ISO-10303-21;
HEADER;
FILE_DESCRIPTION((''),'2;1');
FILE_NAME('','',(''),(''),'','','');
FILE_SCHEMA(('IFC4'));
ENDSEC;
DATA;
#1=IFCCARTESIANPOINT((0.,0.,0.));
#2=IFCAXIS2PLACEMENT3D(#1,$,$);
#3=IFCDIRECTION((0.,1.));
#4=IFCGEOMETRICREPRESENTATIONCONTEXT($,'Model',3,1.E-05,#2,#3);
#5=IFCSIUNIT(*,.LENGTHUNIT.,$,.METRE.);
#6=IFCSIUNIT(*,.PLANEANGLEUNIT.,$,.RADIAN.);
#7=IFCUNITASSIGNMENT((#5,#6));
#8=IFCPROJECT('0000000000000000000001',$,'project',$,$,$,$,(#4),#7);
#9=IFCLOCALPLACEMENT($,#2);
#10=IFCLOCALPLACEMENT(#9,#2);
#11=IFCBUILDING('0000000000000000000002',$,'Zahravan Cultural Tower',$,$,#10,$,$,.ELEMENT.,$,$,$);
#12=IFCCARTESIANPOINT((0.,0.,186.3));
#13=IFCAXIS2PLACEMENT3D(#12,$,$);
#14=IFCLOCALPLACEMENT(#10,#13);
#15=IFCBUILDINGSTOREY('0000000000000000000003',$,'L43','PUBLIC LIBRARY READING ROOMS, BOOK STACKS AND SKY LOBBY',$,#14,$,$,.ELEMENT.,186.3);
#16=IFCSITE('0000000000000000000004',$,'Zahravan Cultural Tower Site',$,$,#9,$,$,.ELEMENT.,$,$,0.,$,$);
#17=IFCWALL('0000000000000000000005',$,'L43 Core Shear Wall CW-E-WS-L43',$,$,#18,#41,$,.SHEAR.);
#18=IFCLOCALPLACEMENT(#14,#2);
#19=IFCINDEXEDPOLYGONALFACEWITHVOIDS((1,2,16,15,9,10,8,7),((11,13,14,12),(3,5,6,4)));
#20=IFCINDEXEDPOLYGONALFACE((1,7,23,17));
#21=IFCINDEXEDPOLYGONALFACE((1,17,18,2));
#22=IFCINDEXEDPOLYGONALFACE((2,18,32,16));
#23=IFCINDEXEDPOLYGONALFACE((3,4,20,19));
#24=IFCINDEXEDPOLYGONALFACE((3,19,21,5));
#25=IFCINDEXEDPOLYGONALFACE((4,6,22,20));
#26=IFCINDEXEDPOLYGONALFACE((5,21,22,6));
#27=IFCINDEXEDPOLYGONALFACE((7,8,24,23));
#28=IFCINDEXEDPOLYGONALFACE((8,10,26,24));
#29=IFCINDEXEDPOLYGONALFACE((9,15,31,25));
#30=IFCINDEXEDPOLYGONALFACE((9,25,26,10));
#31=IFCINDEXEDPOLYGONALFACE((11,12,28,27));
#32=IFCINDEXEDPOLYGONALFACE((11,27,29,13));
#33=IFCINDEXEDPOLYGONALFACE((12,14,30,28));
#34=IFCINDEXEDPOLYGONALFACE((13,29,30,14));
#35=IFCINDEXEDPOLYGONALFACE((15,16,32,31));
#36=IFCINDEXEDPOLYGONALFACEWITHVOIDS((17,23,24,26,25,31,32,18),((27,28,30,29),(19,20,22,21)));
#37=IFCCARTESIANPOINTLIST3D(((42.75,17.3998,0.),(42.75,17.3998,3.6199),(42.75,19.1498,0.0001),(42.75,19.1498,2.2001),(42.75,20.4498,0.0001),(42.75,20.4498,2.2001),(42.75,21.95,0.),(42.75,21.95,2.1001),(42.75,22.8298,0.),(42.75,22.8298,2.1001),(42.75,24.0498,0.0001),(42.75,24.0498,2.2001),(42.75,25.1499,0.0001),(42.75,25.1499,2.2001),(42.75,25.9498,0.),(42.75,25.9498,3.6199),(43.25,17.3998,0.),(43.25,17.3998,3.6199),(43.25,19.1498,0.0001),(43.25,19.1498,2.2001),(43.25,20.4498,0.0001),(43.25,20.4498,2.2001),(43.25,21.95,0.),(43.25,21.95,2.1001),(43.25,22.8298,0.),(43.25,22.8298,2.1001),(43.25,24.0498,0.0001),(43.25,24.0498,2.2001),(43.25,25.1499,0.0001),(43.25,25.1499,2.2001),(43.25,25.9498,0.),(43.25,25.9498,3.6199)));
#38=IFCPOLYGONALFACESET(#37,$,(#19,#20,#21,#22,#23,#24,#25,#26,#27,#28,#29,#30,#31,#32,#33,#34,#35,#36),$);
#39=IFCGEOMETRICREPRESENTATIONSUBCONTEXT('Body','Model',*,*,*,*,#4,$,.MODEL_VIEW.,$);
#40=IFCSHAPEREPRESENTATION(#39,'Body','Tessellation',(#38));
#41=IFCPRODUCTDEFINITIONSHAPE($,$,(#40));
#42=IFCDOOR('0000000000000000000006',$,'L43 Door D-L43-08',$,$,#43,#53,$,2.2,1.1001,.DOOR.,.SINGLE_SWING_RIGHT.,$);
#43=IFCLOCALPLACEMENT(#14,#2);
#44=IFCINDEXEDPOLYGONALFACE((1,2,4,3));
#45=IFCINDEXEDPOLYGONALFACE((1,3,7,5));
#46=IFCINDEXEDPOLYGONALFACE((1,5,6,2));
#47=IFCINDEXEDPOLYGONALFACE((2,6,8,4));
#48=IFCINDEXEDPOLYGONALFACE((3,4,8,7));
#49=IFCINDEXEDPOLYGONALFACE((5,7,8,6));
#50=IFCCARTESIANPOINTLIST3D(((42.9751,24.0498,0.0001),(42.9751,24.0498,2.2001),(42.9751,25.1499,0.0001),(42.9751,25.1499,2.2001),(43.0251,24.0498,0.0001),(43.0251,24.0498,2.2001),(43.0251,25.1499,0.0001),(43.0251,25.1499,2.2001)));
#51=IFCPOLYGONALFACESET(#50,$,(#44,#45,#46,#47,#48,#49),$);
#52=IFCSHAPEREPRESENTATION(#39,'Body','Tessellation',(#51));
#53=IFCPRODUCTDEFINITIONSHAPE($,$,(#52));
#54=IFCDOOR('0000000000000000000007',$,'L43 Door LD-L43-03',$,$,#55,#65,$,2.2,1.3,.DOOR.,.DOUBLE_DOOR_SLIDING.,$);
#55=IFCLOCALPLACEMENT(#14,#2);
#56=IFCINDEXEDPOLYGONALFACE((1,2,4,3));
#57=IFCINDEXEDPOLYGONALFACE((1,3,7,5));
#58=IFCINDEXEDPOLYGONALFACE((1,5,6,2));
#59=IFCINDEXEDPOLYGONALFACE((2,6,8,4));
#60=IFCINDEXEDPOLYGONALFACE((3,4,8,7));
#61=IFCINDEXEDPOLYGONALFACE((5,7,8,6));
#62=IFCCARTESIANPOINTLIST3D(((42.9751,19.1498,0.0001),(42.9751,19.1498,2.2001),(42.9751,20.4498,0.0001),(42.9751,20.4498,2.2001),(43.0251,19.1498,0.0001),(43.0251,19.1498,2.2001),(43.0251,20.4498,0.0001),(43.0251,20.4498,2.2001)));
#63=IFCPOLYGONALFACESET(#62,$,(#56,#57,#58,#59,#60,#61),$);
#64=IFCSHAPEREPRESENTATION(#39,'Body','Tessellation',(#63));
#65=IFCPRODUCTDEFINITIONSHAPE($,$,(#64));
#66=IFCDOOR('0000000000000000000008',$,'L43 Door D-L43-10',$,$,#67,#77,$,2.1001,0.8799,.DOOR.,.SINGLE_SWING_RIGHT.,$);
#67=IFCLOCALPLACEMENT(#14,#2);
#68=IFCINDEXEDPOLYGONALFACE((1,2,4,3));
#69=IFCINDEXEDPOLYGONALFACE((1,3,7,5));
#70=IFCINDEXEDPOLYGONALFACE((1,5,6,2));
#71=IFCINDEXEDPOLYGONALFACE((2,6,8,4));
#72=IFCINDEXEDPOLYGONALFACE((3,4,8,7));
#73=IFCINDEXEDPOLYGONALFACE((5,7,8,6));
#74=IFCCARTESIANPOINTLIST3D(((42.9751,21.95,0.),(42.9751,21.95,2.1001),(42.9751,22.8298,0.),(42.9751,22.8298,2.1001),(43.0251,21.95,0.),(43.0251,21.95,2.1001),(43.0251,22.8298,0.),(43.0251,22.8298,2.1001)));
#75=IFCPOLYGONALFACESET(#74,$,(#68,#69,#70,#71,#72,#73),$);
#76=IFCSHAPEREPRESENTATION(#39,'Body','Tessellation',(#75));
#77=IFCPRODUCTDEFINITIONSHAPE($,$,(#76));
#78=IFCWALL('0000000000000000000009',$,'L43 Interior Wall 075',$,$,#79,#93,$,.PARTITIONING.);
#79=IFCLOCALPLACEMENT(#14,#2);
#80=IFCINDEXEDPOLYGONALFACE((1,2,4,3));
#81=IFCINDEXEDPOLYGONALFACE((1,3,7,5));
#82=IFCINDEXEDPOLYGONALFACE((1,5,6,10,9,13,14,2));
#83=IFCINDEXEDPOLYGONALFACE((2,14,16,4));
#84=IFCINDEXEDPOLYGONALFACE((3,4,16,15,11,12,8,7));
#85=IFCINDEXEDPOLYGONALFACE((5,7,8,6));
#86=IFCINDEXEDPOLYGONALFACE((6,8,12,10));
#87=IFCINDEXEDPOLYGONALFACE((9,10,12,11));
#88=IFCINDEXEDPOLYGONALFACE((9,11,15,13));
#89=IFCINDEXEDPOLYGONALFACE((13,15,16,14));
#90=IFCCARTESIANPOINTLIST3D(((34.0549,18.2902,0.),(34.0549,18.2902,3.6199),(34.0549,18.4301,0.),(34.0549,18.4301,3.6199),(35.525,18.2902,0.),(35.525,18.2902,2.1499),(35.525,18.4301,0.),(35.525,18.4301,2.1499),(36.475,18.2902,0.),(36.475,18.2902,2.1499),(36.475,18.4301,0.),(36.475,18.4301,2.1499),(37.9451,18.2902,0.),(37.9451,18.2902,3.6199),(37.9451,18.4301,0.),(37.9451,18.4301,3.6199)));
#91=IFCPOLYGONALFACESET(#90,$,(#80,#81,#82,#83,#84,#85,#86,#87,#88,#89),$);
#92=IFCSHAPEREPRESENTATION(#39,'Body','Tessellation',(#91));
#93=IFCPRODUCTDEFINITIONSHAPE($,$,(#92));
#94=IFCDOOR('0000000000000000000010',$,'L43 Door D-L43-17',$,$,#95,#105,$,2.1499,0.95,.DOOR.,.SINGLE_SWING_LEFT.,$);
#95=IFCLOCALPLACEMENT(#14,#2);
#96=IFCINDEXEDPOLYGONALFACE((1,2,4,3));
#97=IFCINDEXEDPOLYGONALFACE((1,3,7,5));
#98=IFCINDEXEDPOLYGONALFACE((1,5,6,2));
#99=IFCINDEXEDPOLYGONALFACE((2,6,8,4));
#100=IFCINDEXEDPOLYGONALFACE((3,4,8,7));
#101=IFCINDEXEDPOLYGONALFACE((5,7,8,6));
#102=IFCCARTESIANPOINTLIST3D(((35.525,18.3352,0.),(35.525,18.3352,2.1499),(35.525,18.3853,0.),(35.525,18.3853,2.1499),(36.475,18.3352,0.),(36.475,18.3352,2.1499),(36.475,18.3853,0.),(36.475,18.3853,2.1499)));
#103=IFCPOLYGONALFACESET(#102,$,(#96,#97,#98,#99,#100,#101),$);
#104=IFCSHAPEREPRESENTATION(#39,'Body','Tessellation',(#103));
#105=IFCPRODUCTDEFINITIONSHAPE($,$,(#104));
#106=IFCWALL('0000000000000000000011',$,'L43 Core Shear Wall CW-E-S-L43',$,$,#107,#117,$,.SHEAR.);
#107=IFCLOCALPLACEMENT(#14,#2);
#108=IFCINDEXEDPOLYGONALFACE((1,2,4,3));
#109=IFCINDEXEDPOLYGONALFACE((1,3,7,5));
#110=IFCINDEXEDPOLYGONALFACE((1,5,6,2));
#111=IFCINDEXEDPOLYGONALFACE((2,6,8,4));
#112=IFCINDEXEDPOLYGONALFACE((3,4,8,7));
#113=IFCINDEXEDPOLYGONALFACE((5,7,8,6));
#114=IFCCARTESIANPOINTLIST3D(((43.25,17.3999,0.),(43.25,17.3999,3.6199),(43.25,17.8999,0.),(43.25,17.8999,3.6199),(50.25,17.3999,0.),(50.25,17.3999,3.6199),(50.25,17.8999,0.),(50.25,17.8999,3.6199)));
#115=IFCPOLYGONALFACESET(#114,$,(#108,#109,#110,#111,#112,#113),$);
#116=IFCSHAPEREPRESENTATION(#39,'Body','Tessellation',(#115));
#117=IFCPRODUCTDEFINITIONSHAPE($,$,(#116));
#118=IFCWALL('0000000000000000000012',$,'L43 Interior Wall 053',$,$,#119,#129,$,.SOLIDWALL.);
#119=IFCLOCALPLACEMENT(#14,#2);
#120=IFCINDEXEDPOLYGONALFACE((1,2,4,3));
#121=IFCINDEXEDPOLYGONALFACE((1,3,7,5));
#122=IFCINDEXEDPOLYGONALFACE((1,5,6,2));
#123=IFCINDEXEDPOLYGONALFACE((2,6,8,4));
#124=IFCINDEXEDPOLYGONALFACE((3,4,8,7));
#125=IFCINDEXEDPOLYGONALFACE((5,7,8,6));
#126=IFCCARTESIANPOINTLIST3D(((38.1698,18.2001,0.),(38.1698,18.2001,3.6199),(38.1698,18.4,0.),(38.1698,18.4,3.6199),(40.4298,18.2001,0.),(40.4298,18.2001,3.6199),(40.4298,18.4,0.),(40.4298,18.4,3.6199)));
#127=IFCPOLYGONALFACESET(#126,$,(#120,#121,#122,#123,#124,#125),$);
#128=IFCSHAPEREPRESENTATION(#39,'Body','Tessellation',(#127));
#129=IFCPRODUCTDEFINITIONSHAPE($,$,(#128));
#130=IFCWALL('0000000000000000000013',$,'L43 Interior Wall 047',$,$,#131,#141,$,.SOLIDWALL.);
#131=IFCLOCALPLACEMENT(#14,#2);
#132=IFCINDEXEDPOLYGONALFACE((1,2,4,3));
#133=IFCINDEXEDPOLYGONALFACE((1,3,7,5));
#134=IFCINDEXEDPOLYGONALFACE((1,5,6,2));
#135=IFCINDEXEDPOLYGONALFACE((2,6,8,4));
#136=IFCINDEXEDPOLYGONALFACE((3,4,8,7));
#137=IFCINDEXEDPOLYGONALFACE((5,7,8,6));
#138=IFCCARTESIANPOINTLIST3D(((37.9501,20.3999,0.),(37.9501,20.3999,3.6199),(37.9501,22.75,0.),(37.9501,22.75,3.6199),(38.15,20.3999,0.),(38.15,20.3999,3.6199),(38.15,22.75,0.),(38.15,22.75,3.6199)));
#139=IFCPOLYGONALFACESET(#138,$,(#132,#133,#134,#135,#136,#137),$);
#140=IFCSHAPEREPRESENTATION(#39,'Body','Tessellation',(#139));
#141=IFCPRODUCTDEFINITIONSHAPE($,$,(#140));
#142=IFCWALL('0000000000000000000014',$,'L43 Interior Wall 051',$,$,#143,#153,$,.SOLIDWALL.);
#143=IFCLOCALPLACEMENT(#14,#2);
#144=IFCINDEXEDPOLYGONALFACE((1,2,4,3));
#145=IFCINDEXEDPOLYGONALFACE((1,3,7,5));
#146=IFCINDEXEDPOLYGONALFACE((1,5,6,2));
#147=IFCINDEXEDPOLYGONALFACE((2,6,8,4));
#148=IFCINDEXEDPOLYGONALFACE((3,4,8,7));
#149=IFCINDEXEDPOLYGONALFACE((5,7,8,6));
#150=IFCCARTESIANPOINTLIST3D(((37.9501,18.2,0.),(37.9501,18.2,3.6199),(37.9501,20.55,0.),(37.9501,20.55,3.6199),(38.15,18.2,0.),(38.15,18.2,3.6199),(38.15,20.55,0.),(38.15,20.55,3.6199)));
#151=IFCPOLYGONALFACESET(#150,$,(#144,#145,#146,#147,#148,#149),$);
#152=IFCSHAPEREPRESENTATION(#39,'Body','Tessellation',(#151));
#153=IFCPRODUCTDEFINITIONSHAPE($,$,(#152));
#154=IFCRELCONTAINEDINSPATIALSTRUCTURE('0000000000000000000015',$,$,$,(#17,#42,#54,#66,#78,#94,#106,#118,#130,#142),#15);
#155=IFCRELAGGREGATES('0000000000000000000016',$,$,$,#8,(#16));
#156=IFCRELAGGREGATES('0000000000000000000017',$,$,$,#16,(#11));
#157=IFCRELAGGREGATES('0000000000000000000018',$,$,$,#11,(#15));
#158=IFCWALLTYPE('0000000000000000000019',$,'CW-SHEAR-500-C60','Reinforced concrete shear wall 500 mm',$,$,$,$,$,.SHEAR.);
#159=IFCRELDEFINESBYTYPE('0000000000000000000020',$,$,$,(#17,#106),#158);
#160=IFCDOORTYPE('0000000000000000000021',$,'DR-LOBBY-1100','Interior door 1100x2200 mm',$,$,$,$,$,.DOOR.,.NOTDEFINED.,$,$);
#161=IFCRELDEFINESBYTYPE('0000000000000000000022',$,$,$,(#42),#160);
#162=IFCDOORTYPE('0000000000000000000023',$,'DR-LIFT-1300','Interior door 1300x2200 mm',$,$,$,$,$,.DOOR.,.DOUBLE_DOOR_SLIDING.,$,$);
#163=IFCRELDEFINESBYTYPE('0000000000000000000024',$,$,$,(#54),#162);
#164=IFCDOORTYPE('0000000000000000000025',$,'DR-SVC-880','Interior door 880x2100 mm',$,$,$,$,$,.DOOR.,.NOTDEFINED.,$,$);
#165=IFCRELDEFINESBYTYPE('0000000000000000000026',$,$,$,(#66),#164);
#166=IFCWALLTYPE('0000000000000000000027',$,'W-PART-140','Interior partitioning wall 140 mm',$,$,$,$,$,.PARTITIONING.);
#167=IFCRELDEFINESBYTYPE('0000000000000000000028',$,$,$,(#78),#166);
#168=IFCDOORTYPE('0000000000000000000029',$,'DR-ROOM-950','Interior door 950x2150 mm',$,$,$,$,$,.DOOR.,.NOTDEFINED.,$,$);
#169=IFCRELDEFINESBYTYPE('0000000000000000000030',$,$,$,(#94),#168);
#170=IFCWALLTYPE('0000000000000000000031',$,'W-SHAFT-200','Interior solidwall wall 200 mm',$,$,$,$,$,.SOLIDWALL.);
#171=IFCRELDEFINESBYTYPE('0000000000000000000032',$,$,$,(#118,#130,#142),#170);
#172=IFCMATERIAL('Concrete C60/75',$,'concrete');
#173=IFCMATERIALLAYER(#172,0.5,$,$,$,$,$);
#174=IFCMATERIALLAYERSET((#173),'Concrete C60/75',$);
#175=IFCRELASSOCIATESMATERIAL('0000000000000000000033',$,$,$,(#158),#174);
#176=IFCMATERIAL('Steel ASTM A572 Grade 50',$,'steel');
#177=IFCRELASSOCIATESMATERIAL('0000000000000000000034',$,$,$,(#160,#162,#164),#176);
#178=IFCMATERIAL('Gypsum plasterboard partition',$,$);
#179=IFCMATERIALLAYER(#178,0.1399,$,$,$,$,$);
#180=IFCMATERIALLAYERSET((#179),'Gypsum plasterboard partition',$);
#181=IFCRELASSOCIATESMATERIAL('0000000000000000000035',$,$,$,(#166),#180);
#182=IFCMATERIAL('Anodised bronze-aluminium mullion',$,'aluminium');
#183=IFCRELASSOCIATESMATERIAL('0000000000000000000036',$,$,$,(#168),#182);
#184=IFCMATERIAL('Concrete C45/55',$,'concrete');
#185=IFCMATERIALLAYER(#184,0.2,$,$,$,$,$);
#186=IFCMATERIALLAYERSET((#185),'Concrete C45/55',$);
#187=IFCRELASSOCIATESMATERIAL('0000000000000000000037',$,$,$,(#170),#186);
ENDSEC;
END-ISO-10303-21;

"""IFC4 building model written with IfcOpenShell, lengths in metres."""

from ifc_helpers import new_model, si_unit, direction, frame, frame_2d, origin, place, context, subcontext, project, spatial, rectangle, extrude, source, transform, mapped, material, layer, layer_set, type_object, element, fill, save


model = new_model("IFC4")

# Units and contexts
model_context = context("Model", 3, precision=1e-05, world=origin(), true_north=direction((0.0, 1.0)))
body_context = subcontext(model_context, "Body", "Model", "MODEL_VIEW")
ifc_project = project(units=[si_unit("LENGTHUNIT", "METRE"), si_unit("PLANEANGLEUNIT", "RADIAN")], contexts=[model_context])

# Site, building, storey
site_placement = place(None, origin())
site = spatial("IfcSite", under=ifc_project, at=site_placement, Name="Zahravan Cultural Tower Site", CompositionType="ELEMENT", RefElevation=0.0)
building_placement = place(site_placement, origin())
building = spatial("IfcBuilding", under=site, at=building_placement, Name="Zahravan Cultural Tower", CompositionType="ELEMENT")
storey_placement = place(building_placement, frame((0.0, 0.0, 186.3)))
storey = spatial("IfcBuildingStorey", under=building, at=storey_placement, Name="L43", Description="PUBLIC LIBRARY READING ROOMS, BOOK STACKS AND SKY LOBBY", CompositionType="ELEMENT", Elevation=186.3)

# Wall, openings, doors
ifc_material_1 = material(Name="Concrete C60/75", Category="concrete")
ifc_layer_1 = layer(ifc_material_1, 0.5)
ifc_layer_set_1 = layer_set([ifc_layer_1], Name="Concrete C60/75")
wall_type_1 = type_object("IfcWallType", Name="CW-SHEAR-500-C60", Description="Reinforced concrete shear wall 500 mm", PredefinedType="SHEAR", material=ifc_layer_set_1)
wall_1_placement = place(storey_placement, frame((43.0, 17.3999, 0.0), z_axis=(0.0, 0.0, 1.0), x_axis=(0.0, 1.0, 0.0)))
wall_1 = element("IfcWall", 1, at=wall_1_placement, inside=storey, type_object=wall_type_1, Name="L43 Core Shear Wall CW-E-WS-L43", PredefinedType="SHEAR", context=body_context, shape_type="SweptSolid", body=[
    extrude(rectangle(XDim=8.55, YDim=0.5, at=frame_2d((4.2749, 0.0))), origin(), (0.0, 0.0, 1.0), 3.6199),
])
opening_1_placement = place(wall_1_placement, frame((6.6499, 0.0, 0.0)))
opening_1 = element("IfcOpeningElement", 2, at=opening_1_placement, cuts=wall_1, PredefinedType="OPENING", context=body_context, shape_type="SweptSolid", body=[
    extrude(rectangle(XDim=1.1001, YDim=2.2, at=frame_2d((0.55, 1.1001))), frame((0.0, 0.26, 0.0), z_axis=(0.0, -1.0, 0.0), x_axis=(1.0, 0.0, 0.0)), (0.0, 0.0, 1.0), 0.52),
])
opening_2_placement = place(wall_1_placement, frame((1.75, 0.0, 0.0)))
opening_2 = element("IfcOpeningElement", 3, at=opening_2_placement, cuts=wall_1, PredefinedType="OPENING", context=body_context, shape_type="SweptSolid", body=[
    extrude(rectangle(XDim=1.3, YDim=2.2, at=frame_2d((0.6499, 1.1001))), frame((0.0, 0.26, 0.0), z_axis=(0.0, -1.0, 0.0), x_axis=(1.0, 0.0, 0.0)), (0.0, 0.0, 1.0), 0.52),
])
opening_3_placement = place(wall_1_placement, frame((4.55, 0.0, 0.0)))
opening_3 = element("IfcOpeningElement", 4, at=opening_3_placement, cuts=wall_1, PredefinedType="OPENING", context=body_context, shape_type="SweptSolid", body=[
    extrude(rectangle(XDim=0.8799, YDim=2.1001, at=frame_2d((0.4399, 1.05))), frame((0.0, 0.26, 0.0), z_axis=(0.0, -1.0, 0.0), x_axis=(1.0, 0.0, 0.0)), (0.0, 0.0, 1.0), 0.52),
])
ifc_material_2 = material(Name="Steel ASTM A572 Grade 50", Category="steel")
door_type_1 = type_object("IfcDoorType", Name="DR-LOBBY-1100", Description="Interior door 1100x2200 mm", OperationType="NOTDEFINED", PredefinedType="DOOR", material=ifc_material_2)
shared_shape_1 = source(origin(), body_context, "Body", "SweptSolid", [
    extrude(rectangle(XDim=1.1001, YDim=2.2, at=frame_2d((0.55, 1.1001))), frame((0.0, 0.0249, 0.0), z_axis=(0.0, -1.0, 0.0), x_axis=(1.0, 0.0, 0.0)), (0.0, 0.0, 1.0), 0.05),
])
door_1_placement = place(opening_1_placement, origin())
door_1 = element("IfcDoor", 5, at=door_1_placement, inside=storey, type_object=door_type_1, Name="L43 Door D-L43-08", OperationType="SINGLE_SWING_RIGHT", OverallHeight=2.2, OverallWidth=1.1001, PredefinedType="DOOR", context=body_context, shape_type="MappedRepresentation", body=[
    mapped(shared_shape_1, transform((0.0, 0.0, 0.0), x_axis=(1.0, 0.0, 0.0), y_axis=(0.0, 1.0, 0.0), z_axis=(0.0, 0.0, 1.0), scale=1.0)),
])
fill(opening_1, door_1)
door_type_2 = type_object("IfcDoorType", Name="DR-LIFT-1300", Description="Interior door 1300x2200 mm", OperationType="DOUBLE_DOOR_SLIDING", PredefinedType="DOOR", material=ifc_material_2)
shared_shape_2 = source(origin(), body_context, "Body", "SweptSolid", [
    extrude(rectangle(XDim=1.3, YDim=2.2, at=frame_2d((0.6499, 1.1001))), frame((0.0, 0.0249, 0.0), z_axis=(0.0, -1.0, 0.0), x_axis=(1.0, 0.0, 0.0)), (0.0, 0.0, 1.0), 0.05),
])
door_2_placement = place(opening_2_placement, origin())
door_2 = element("IfcDoor", 6, at=door_2_placement, inside=storey, type_object=door_type_2, Name="L43 Door LD-L43-03", OperationType="DOUBLE_DOOR_SLIDING", OverallHeight=2.2, OverallWidth=1.3, PredefinedType="DOOR", context=body_context, shape_type="MappedRepresentation", body=[
    mapped(shared_shape_2, transform((0.0, 0.0, 0.0), x_axis=(1.0, 0.0, 0.0), y_axis=(0.0, 1.0, 0.0), z_axis=(0.0, 0.0, 1.0), scale=1.0)),
])
fill(opening_2, door_2)
door_type_3 = type_object("IfcDoorType", Name="DR-SVC-880", Description="Interior door 880x2100 mm", OperationType="NOTDEFINED", PredefinedType="DOOR", material=ifc_material_2)
shared_shape_3 = source(origin(), body_context, "Body", "SweptSolid", [
    extrude(rectangle(XDim=0.8799, YDim=2.1001, at=frame_2d((0.4399, 1.05))), frame((0.0, 0.0249, 0.0), z_axis=(0.0, -1.0, 0.0), x_axis=(1.0, 0.0, 0.0)), (0.0, 0.0, 1.0), 0.05),
])
door_3_placement = place(opening_3_placement, origin())
door_3 = element("IfcDoor", 7, at=door_3_placement, inside=storey, type_object=door_type_3, Name="L43 Door D-L43-10", OperationType="SINGLE_SWING_RIGHT", OverallHeight=2.1001, OverallWidth=0.8799, PredefinedType="DOOR", context=body_context, shape_type="MappedRepresentation", body=[
    mapped(shared_shape_3, transform((0.0, 0.0, 0.0), x_axis=(1.0, 0.0, 0.0), y_axis=(0.0, 1.0, 0.0), z_axis=(0.0, 0.0, 1.0), scale=1.0)),
])
fill(opening_3, door_3)

# Wall, opening, door
ifc_material_3 = material(Name="Gypsum plasterboard partition")
ifc_layer_2 = layer(ifc_material_3, 0.1399)
ifc_layer_set_2 = layer_set([ifc_layer_2], Name="Gypsum plasterboard partition")
wall_type_2 = type_object("IfcWallType", Name="W-PART-140", Description="Interior partitioning wall 140 mm", PredefinedType="PARTITIONING", material=ifc_layer_set_2)
wall_2_placement = place(storey_placement, frame((37.9451, 18.3601, 0.0), z_axis=(0.0, 0.0, 1.0), x_axis=(-1.0, 0.0, 0.0)))
wall_2 = element("IfcWall", 8, at=wall_2_placement, inside=storey, type_object=wall_type_2, Name="L43 Interior Wall 075", PredefinedType="PARTITIONING", context=body_context, shape_type="SweptSolid", body=[
    extrude(rectangle(XDim=3.8901, YDim=0.1399, at=frame_2d((1.9451, 0.0))), origin(), (0.0, 0.0, 1.0), 3.6199),
])
opening_4_placement = place(wall_2_placement, frame((1.47, 0.0, 0.0)))
opening_4 = element("IfcOpeningElement", 9, at=opening_4_placement, cuts=wall_2, PredefinedType="OPENING", context=body_context, shape_type="SweptSolid", body=[
    extrude(rectangle(XDim=0.95, YDim=2.1499, at=frame_2d((0.4751, 1.075))), frame((0.0, 0.0798, 0.0), z_axis=(0.0, -1.0, 0.0), x_axis=(1.0, 0.0, 0.0)), (0.0, 0.0, 1.0), 0.1599),
])
ifc_material_4 = material(Name="Anodised bronze-aluminium mullion", Category="aluminium")
door_type_4 = type_object("IfcDoorType", Name="DR-ROOM-950", Description="Interior door 950x2150 mm", OperationType="NOTDEFINED", PredefinedType="DOOR", material=ifc_material_4)
shared_shape_4 = source(origin(), body_context, "Body", "SweptSolid", [
    extrude(rectangle(XDim=0.95, YDim=2.1499, at=frame_2d((0.4751, 1.075))), frame((0.0, 0.0249, 0.0), z_axis=(0.0, -1.0, 0.0), x_axis=(1.0, 0.0, 0.0)), (0.0, 0.0, 1.0), 0.05),
])
door_4_placement = place(opening_4_placement, origin())
door_4 = element("IfcDoor", 10, at=door_4_placement, inside=storey, type_object=door_type_4, Name="L43 Door D-L43-17", OperationType="SINGLE_SWING_LEFT", OverallHeight=2.1499, OverallWidth=0.95, PredefinedType="DOOR", context=body_context, shape_type="MappedRepresentation", body=[
    mapped(shared_shape_4, transform((0.0, 0.0, 0.0), x_axis=(1.0, 0.0, 0.0), y_axis=(0.0, 1.0, 0.0), z_axis=(0.0, 0.0, 1.0), scale=1.0)),
])
fill(opening_4, door_4)
ifc_material_5 = material(Name="Concrete C45/55", Category="concrete")
ifc_layer_3 = layer(ifc_material_5, 0.2)
ifc_layer_set_3 = layer_set([ifc_layer_3], Name="Concrete C45/55")
wall_type_3 = type_object("IfcWallType", Name="W-SHAFT-200", Description="Interior solidwall wall 200 mm", PredefinedType="SOLIDWALL", material=ifc_layer_set_3)

# Walls
shared_shape_5 = source(origin(), body_context, "Body", "SweptSolid", [
    extrude(rectangle(XDim=7.0, YDim=0.5, at=frame_2d((3.5, 0.0))), origin(), (0.0, 0.0, 1.0), 3.6199),
])
wall_3_placement = place(storey_placement, frame((43.25, 17.6499, 0.0), z_axis=(0.0, 0.0, 1.0), x_axis=(1.0, 0.0, 0.0)))
element("IfcWall", 11, at=wall_3_placement, inside=storey, type_object=wall_type_1, Name="L43 Core Shear Wall CW-E-S-L43", PredefinedType="SHEAR", context=body_context, shape_type="MappedRepresentation", body=[
    mapped(shared_shape_5, transform((0.0, 0.0, 0.0), x_axis=(1.0, 0.0, 0.0), y_axis=(0.0, 1.0, 0.0), z_axis=(0.0, 0.0, 1.0), scale=1.0)),
])
shared_shape_6 = source(origin(), body_context, "Body", "SweptSolid", [
    extrude(rectangle(XDim=2.26, YDim=0.2, at=frame_2d((1.1299, 0.0))), origin(), (0.0, 0.0, 1.0), 3.6199),
])
wall_4_placement = place(storey_placement, frame((38.1699, 18.3, 0.0), z_axis=(0.0, 0.0, 1.0), x_axis=(1.0, 0.0, 0.0)))
element("IfcWall", 12, at=wall_4_placement, inside=storey, type_object=wall_type_3, Name="L43 Interior Wall 053", PredefinedType="SOLIDWALL", context=body_context, shape_type="MappedRepresentation", body=[
    mapped(shared_shape_6, transform((0.0, 0.0, 0.0), x_axis=(1.0, 0.0, 0.0), y_axis=(0.0, 1.0, 0.0), z_axis=(0.0, 0.0, 1.0), scale=1.0)),
])
shared_shape_7 = source(origin(), body_context, "Body", "SweptSolid", [
    extrude(rectangle(XDim=2.3501, YDim=0.2, at=frame_2d((1.175, 0.0))), origin(), (0.0, 0.0, 1.0), 3.6199),
])
for number, where, z_axis, x_axis, name in (
    (13, (38.05, 20.3999, 0.0), (0.0, 0.0, 1.0), (0.0, 1.0, 0.0), "L43 Interior Wall 047"),
    (14, (38.05, 18.2, 0.0), (0.0, 0.0, 1.0), (0.0, 1.0, 0.0), "L43 Interior Wall 051"),
):
    element("IfcWall", number, at=place(storey_placement, frame(where, z_axis=z_axis, x_axis=x_axis)), inside=storey, type_object=wall_type_3, Name=name, PredefinedType="SOLIDWALL", context=body_context, shape_type="MappedRepresentation", body=[
        mapped(shared_shape_7, transform((0.0, 0.0, 0.0), x_axis=(1.0, 0.0, 0.0), y_axis=(0.0, 1.0, 0.0), z_axis=(0.0, 0.0, 1.0), scale=1.0)),
    ])

save(model, "model.ifc")
